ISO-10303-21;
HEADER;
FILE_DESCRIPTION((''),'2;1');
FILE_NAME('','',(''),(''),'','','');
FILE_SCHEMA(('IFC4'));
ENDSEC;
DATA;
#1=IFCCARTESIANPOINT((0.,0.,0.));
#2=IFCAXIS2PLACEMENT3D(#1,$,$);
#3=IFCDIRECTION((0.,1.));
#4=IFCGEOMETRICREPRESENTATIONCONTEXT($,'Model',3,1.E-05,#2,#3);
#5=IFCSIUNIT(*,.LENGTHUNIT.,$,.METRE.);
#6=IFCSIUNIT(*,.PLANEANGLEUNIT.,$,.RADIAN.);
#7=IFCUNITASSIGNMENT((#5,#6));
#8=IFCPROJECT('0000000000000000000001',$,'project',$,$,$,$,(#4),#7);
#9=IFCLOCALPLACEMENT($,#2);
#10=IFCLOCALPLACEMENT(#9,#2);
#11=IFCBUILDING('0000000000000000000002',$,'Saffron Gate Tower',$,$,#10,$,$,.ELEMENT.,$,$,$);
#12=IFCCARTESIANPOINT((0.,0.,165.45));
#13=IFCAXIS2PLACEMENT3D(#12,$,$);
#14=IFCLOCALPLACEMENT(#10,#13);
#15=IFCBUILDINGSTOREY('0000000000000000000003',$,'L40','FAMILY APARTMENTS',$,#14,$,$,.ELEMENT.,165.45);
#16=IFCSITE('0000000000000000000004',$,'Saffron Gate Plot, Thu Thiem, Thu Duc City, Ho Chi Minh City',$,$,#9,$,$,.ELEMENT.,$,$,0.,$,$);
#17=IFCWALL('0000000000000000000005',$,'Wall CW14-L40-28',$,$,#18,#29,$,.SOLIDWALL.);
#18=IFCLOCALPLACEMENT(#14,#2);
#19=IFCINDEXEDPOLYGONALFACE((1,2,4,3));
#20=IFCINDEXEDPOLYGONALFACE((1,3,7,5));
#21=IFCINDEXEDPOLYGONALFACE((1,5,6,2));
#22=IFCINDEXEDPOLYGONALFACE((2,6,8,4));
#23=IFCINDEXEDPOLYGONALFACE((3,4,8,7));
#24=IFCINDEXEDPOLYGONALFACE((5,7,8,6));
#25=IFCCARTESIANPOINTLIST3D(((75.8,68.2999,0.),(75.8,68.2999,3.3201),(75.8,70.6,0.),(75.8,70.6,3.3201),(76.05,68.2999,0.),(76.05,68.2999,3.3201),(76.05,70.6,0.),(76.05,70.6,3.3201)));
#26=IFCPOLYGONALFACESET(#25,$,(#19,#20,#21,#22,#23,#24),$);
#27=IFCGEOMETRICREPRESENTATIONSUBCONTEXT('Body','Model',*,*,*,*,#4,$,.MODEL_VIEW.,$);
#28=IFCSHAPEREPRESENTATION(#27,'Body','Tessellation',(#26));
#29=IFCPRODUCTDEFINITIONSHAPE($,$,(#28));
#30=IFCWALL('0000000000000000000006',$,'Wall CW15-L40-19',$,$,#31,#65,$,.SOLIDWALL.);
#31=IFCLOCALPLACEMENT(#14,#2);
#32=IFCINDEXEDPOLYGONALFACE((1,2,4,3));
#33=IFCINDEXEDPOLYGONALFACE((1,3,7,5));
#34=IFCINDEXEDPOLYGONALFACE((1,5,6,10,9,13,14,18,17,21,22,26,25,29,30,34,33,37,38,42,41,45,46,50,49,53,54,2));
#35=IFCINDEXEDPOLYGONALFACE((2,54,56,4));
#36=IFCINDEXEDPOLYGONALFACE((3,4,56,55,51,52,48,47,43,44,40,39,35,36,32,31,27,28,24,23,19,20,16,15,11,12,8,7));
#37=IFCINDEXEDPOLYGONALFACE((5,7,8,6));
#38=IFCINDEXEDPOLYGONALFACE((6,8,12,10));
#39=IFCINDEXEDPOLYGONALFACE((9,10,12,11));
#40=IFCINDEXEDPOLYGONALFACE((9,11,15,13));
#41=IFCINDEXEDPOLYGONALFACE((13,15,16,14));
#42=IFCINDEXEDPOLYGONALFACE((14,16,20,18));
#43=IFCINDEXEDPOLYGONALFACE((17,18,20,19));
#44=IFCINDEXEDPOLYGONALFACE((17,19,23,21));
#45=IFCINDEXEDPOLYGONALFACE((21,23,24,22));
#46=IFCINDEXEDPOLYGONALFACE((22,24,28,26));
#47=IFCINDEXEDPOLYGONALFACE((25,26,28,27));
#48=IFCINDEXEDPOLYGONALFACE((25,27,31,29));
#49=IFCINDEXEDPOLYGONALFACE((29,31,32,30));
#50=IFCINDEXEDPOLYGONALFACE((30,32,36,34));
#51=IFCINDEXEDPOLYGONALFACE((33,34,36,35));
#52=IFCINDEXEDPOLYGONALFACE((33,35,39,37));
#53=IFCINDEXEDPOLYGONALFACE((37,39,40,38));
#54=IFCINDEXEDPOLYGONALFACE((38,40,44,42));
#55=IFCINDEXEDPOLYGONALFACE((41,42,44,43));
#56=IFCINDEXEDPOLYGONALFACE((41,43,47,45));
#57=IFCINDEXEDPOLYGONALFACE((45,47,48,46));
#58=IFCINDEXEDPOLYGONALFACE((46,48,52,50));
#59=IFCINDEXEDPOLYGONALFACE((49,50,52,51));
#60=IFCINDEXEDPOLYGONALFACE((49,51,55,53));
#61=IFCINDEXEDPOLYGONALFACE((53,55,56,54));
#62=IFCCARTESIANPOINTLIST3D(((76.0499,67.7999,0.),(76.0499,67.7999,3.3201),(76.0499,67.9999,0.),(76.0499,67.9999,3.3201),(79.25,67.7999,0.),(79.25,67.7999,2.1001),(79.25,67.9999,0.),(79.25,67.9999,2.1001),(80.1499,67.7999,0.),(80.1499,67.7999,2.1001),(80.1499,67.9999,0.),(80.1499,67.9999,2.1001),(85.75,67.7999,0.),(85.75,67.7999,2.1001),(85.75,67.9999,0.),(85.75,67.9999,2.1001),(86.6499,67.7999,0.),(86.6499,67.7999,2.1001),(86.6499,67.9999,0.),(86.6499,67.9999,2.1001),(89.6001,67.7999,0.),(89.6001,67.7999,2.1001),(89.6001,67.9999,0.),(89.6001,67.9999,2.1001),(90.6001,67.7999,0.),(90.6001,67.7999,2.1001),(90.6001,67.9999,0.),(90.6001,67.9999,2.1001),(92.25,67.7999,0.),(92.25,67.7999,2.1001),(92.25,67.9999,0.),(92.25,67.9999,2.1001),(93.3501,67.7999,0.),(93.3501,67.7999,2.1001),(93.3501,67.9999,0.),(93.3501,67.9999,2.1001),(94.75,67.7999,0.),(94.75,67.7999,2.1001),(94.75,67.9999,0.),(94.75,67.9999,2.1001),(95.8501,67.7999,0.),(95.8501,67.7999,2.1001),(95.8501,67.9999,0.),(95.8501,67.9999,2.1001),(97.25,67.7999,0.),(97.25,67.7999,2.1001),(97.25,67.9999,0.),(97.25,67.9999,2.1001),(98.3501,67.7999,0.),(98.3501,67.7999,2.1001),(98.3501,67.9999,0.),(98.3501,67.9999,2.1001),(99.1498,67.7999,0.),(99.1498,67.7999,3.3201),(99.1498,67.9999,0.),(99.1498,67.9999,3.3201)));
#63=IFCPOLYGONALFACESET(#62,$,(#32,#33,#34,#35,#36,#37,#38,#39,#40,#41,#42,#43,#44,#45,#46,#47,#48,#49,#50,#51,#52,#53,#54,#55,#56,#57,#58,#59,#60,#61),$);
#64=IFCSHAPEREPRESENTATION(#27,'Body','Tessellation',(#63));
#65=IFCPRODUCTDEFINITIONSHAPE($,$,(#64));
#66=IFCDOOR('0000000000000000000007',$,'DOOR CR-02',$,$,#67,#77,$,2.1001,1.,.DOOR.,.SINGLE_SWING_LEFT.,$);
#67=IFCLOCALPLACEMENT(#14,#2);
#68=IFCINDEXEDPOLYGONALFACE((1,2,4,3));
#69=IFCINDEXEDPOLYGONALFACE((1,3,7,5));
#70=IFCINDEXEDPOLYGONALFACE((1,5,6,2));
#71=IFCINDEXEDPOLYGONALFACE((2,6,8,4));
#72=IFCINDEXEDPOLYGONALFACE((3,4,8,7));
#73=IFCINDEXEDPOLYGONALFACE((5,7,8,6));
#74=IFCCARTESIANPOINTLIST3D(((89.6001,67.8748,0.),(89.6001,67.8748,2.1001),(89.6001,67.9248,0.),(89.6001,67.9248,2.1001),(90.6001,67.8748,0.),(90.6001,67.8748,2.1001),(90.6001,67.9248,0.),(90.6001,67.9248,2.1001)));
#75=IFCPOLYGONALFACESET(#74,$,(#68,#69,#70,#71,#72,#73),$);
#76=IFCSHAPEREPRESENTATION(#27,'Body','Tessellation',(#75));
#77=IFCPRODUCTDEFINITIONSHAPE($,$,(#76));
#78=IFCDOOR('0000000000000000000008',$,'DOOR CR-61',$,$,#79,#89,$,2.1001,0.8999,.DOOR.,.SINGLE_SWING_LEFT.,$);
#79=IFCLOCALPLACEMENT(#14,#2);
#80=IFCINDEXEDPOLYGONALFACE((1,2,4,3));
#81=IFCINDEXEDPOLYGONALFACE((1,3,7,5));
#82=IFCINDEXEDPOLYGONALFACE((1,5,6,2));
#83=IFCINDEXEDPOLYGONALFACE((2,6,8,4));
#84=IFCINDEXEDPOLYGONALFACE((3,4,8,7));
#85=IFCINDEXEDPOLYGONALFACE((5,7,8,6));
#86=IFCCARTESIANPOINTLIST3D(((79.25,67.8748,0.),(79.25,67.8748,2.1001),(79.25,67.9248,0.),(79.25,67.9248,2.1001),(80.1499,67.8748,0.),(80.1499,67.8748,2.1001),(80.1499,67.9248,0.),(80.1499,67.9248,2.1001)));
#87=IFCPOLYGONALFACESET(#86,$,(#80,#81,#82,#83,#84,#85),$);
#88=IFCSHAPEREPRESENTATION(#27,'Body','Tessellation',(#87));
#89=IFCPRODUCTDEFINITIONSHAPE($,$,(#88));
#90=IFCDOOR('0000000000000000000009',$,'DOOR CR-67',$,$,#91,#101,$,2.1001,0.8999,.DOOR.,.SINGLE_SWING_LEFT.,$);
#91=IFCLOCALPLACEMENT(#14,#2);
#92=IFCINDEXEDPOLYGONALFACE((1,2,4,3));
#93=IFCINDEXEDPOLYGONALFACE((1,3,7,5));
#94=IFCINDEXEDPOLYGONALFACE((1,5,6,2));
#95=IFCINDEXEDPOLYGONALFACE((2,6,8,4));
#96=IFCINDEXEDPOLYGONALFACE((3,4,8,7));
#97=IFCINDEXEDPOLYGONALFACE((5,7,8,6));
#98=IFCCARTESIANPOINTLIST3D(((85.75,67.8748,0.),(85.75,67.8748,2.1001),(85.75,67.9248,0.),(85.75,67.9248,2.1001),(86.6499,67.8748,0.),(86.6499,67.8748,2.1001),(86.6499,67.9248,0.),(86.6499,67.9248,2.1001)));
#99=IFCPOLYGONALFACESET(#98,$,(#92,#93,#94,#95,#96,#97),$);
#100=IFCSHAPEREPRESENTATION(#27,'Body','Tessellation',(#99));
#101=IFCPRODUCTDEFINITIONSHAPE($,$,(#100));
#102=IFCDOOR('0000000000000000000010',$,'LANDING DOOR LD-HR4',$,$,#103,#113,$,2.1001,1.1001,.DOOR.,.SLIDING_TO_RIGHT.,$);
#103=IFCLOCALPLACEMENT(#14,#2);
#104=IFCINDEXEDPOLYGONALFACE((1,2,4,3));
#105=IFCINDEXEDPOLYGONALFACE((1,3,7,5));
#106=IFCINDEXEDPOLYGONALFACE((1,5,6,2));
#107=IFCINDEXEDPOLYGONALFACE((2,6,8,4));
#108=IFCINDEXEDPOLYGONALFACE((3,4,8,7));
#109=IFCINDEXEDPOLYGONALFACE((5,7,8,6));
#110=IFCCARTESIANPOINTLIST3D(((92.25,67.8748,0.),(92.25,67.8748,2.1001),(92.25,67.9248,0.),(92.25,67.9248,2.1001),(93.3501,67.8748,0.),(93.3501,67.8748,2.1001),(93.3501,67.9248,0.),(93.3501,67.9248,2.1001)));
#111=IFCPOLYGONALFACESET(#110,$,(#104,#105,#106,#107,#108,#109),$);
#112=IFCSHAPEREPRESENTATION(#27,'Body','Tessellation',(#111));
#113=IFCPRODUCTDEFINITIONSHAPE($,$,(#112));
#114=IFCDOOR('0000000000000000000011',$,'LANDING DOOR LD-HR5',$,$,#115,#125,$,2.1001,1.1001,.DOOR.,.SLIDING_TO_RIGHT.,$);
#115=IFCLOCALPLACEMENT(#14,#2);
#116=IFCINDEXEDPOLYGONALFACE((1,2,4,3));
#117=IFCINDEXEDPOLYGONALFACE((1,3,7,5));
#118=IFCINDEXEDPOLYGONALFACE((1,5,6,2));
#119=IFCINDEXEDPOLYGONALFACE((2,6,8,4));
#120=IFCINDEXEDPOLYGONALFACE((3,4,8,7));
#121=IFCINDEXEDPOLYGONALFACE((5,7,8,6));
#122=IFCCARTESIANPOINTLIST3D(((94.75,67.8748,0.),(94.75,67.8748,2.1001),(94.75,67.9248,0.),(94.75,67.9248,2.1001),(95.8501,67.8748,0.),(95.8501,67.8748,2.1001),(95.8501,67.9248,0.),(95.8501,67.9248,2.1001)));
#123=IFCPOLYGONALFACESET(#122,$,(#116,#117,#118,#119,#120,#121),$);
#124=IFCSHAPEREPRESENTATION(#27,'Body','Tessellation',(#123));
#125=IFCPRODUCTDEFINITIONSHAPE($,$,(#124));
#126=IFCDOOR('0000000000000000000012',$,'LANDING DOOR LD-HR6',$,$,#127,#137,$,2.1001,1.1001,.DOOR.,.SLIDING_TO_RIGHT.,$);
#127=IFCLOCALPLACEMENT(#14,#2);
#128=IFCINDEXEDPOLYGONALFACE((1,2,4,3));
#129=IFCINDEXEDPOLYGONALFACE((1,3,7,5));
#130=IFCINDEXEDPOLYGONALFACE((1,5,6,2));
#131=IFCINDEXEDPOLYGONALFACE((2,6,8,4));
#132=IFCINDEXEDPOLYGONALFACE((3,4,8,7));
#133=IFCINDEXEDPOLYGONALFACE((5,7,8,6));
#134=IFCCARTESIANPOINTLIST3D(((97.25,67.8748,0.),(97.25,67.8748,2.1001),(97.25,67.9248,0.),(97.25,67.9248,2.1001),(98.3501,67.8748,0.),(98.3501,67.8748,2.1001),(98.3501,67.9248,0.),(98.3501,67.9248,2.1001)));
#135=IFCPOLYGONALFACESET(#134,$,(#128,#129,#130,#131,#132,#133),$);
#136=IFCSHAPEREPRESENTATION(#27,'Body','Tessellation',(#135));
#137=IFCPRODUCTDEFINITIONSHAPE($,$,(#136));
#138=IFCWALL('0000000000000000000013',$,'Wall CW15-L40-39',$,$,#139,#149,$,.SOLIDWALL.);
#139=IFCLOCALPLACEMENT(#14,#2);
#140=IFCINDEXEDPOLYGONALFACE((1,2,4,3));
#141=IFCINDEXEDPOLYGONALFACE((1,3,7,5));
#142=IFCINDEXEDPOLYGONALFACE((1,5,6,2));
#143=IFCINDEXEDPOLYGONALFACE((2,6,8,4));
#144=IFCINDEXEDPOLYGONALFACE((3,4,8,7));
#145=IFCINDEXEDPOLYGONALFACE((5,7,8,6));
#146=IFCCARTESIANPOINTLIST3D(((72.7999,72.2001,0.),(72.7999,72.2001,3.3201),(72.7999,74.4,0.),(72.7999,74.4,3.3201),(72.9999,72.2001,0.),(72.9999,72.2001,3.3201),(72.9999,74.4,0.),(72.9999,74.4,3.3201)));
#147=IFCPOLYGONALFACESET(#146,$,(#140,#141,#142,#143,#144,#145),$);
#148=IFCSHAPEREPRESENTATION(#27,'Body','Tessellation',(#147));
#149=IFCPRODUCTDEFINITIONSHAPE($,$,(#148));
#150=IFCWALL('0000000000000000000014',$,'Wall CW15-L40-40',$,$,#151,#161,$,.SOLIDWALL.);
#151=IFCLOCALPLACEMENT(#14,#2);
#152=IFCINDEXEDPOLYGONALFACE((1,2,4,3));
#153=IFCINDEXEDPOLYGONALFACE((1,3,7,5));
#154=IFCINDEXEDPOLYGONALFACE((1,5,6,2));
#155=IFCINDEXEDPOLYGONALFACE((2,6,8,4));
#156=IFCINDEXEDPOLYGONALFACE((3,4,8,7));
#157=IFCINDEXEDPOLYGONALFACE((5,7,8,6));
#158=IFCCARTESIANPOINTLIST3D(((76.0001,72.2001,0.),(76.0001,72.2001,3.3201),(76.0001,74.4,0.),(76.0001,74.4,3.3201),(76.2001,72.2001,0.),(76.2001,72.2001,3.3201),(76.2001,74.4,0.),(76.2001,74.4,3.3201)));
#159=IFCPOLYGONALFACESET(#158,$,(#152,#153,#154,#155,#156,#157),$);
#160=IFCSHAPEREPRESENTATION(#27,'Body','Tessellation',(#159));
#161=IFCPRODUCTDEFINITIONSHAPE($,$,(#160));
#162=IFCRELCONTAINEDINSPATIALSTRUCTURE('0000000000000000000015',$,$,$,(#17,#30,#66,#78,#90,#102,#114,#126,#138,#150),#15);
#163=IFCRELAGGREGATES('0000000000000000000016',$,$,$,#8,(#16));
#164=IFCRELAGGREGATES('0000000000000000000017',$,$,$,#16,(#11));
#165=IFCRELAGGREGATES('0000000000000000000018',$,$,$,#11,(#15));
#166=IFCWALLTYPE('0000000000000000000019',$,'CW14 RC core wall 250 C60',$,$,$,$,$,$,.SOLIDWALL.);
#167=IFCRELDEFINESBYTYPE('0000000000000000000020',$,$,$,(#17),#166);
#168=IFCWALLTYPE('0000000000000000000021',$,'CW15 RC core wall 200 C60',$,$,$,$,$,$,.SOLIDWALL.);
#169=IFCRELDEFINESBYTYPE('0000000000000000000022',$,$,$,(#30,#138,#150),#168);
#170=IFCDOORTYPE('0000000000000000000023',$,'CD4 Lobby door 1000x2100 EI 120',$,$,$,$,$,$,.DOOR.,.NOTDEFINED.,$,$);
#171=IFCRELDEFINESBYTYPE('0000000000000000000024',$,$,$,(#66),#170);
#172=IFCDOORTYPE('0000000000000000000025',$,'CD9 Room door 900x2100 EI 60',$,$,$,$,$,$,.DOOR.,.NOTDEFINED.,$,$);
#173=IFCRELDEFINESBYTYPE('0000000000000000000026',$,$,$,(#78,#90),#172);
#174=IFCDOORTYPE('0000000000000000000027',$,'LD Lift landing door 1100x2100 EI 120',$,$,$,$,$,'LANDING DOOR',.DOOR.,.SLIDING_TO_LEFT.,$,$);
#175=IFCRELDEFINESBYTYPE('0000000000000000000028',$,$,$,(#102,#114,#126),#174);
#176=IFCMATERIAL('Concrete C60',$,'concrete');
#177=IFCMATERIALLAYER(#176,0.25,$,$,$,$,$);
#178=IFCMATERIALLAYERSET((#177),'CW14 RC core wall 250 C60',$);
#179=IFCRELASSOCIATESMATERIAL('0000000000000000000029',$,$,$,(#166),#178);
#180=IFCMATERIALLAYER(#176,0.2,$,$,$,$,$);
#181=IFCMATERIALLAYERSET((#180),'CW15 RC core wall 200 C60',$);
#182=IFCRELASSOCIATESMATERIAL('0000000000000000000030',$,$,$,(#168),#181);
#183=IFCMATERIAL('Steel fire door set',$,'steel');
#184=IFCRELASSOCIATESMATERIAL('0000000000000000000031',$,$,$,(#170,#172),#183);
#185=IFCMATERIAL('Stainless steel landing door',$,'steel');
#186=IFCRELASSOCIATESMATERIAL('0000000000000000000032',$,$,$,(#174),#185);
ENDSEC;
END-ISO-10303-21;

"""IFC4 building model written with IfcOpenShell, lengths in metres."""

from ifc_helpers import new_model, si_unit, direction, frame, frame_2d, origin, place, context, subcontext, project, spatial, rectangle, extrude, material, layer, layer_set, type_object, element, fill, save


model = new_model("IFC4")

# Units and contexts
model_context = context("Model", 3, precision=1e-05, world=origin(), true_north=direction((0.0, 1.0)))
body_context = subcontext(model_context, "Body", "Model", "MODEL_VIEW")
ifc_project = project(units=[si_unit("LENGTHUNIT", "METRE"), si_unit("PLANEANGLEUNIT", "RADIAN")], contexts=[model_context])

# Site, building, storey
site_placement = place(None, origin())
site = spatial("IfcSite", under=ifc_project, at=site_placement, Name="Saffron Gate Plot, Thu Thiem, Thu Duc City, Ho Chi Minh City", CompositionType="ELEMENT", RefElevation=0.0)
building_placement = place(site_placement, origin())
building = spatial("IfcBuilding", under=site, at=building_placement, Name="Saffron Gate Tower", CompositionType="ELEMENT")
storey_placement = place(building_placement, frame((0.0, 0.0, 165.45)))
storey = spatial("IfcBuildingStorey", under=building, at=storey_placement, Name="L40", Description="FAMILY APARTMENTS", CompositionType="ELEMENT", Elevation=165.45)

# Wall
ifc_material_1 = material(Name="Concrete C60", Category="concrete")
ifc_layer_1 = layer(ifc_material_1, 0.25)
ifc_layer_set_1 = layer_set([ifc_layer_1], Name="CW14 RC core wall 250 C60")
wall_type_1 = type_object("IfcWallType", Name="CW14 RC core wall 250 C60", PredefinedType="SOLIDWALL", material=ifc_layer_set_1)
wall_1_placement = place(storey_placement, frame((75.925, 68.3, 0.0), z_axis=(0.0, 0.0, 1.0), x_axis=(0.0, 1.0, 0.0)))
element("IfcWall", 1, at=wall_1_placement, inside=storey, type_object=wall_type_1, Name="Wall CW14-L40-28", PredefinedType="SOLIDWALL", context=body_context, shape_type="SweptSolid", body=[
    extrude(rectangle(XDim=2.3, YDim=0.25, at=frame_2d((1.1499, 0.0))), origin(), (0.0, 0.0, 1.0), 3.3201),
])

# Wall, openings, doors
ifc_layer_2 = layer(ifc_material_1, 0.2)
ifc_layer_set_2 = layer_set([ifc_layer_2], Name="CW15 RC core wall 200 C60")
wall_type_2 = type_object("IfcWallType", Name="CW15 RC core wall 200 C60", PredefinedType="SOLIDWALL", material=ifc_layer_set_2)
wall_2_placement = place(storey_placement, frame((76.05, 67.8999, 0.0), z_axis=(0.0, 0.0, 1.0), x_axis=(1.0, 0.0, 0.0)))
wall_2 = element("IfcWall", 2, at=wall_2_placement, inside=storey, type_object=wall_type_2, Name="Wall CW15-L40-19", PredefinedType="SOLIDWALL", context=body_context, shape_type="SweptSolid", body=[
    extrude(rectangle(XDim=23.0999, YDim=0.2, at=frame_2d((11.5498, 0.0))), origin(), (0.0, 0.0, 1.0), 3.3201),
])
opening_1_placement = place(wall_2_placement, frame((3.2, 0.0, 0.0)))
opening_1 = element("IfcOpeningElement", 3, at=opening_1_placement, cuts=wall_2, PredefinedType="OPENING", context=body_context, shape_type="SweptSolid", body=[
    extrude(rectangle(XDim=0.8999, YDim=2.1001, at=frame_2d((0.45, 1.05))), frame((0.0, 0.1099, 0.0), z_axis=(0.0, -1.0, 0.0), x_axis=(1.0, 0.0, 0.0)), (0.0, 0.0, 1.0), 0.22),
])
opening_2_placement = place(wall_2_placement, frame((9.7, 0.0, 0.0)))
opening_2 = element("IfcOpeningElement", 4, at=opening_2_placement, cuts=wall_2, PredefinedType="OPENING", context=body_context, shape_type="SweptSolid", body=[
    extrude(rectangle(XDim=0.8999, YDim=2.1001, at=frame_2d((0.45, 1.05))), frame((0.0, 0.1099, 0.0), z_axis=(0.0, -1.0, 0.0), x_axis=(1.0, 0.0, 0.0)), (0.0, 0.0, 1.0), 0.22),
])
opening_3_placement = place(wall_2_placement, frame((13.55, 0.0, 0.0)))
opening_3 = element("IfcOpeningElement", 5, at=opening_3_placement, cuts=wall_2, PredefinedType="OPENING", context=body_context, shape_type="SweptSolid", body=[
    extrude(rectangle(XDim=1.0, YDim=2.1001, at=frame_2d((0.5, 1.05))), frame((0.0, 0.1099, 0.0), z_axis=(0.0, -1.0, 0.0), x_axis=(1.0, 0.0, 0.0)), (0.0, 0.0, 1.0), 0.22),
])
opening_4_placement = place(wall_2_placement, frame((16.2, 0.0, 0.0)))
opening_4 = element("IfcOpeningElement", 6, at=opening_4_placement, cuts=wall_2, PredefinedType="OPENING", context=body_context, shape_type="SweptSolid", body=[
    extrude(rectangle(XDim=1.1001, YDim=2.1001, at=frame_2d((0.55, 1.05))), frame((0.0, 0.1099, 0.0), z_axis=(0.0, -1.0, 0.0), x_axis=(1.0, 0.0, 0.0)), (0.0, 0.0, 1.0), 0.22),
])
opening_5_placement = place(wall_2_placement, frame((18.7, 0.0, 0.0)))
opening_5 = element("IfcOpeningElement", 7, at=opening_5_placement, cuts=wall_2, PredefinedType="OPENING", context=body_context, shape_type="SweptSolid", body=[
    extrude(rectangle(XDim=1.1001, YDim=2.1001, at=frame_2d((0.55, 1.05))), frame((0.0, 0.1099, 0.0), z_axis=(0.0, -1.0, 0.0), x_axis=(1.0, 0.0, 0.0)), (0.0, 0.0, 1.0), 0.22),
])
opening_6_placement = place(wall_2_placement, frame((21.2, 0.0, 0.0)))
opening_6 = element("IfcOpeningElement", 8, at=opening_6_placement, cuts=wall_2, PredefinedType="OPENING", context=body_context, shape_type="SweptSolid", body=[
    extrude(rectangle(XDim=1.1001, YDim=2.1001, at=frame_2d((0.55, 1.05))), frame((0.0, 0.1099, 0.0), z_axis=(0.0, -1.0, 0.0), x_axis=(1.0, 0.0, 0.0)), (0.0, 0.0, 1.0), 0.22),
])
ifc_material_2 = material(Name="Steel fire door set", Category="steel")
door_type_1 = type_object("IfcDoorType", Name="CD4 Lobby door 1000x2100 EI 120", OperationType="NOTDEFINED", PredefinedType="DOOR", material=ifc_material_2)
door_1_placement = place(opening_3_placement, origin())
door_1 = element("IfcDoor", 9, at=door_1_placement, inside=storey, type_object=door_type_1, Name="DOOR CR-02", OperationType="SINGLE_SWING_LEFT", OverallHeight=2.1001, OverallWidth=1.0, PredefinedType="DOOR", context=body_context, shape_type="SweptSolid", body=[
    extrude(rectangle(XDim=1.0, YDim=2.1001, at=frame_2d((0.5, 1.05))), frame((0.0, 0.0249, 0.0), z_axis=(0.0, -1.0, 0.0), x_axis=(1.0, 0.0, 0.0)), (0.0, 0.0, 1.0), 0.05),
])
fill(opening_3, door_1)
door_type_2 = type_object("IfcDoorType", Name="CD9 Room door 900x2100 EI 60", OperationType="NOTDEFINED", PredefinedType="DOOR", material=ifc_material_2)
door_2_placement = place(opening_1_placement, origin())
door_2 = element("IfcDoor", 10, at=door_2_placement, inside=storey, type_object=door_type_2, Name="DOOR CR-61", OperationType="SINGLE_SWING_LEFT", OverallHeight=2.1001, OverallWidth=0.8999, PredefinedType="DOOR", context=body_context, shape_type="SweptSolid", body=[
    extrude(rectangle(XDim=0.8999, YDim=2.1001, at=frame_2d((0.45, 1.05))), frame((0.0, 0.0249, 0.0), z_axis=(0.0, -1.0, 0.0), x_axis=(1.0, 0.0, 0.0)), (0.0, 0.0, 1.0), 0.05),
])
fill(opening_1, door_2)
door_3_placement = place(opening_2_placement, origin())
door_3 = element("IfcDoor", 11, at=door_3_placement, inside=storey, type_object=door_type_2, Name="DOOR CR-67", OperationType="SINGLE_SWING_LEFT", OverallHeight=2.1001, OverallWidth=0.8999, PredefinedType="DOOR", context=body_context, shape_type="SweptSolid", body=[
    extrude(rectangle(XDim=0.8999, YDim=2.1001, at=frame_2d((0.45, 1.05))), frame((0.0, 0.0249, 0.0), z_axis=(0.0, -1.0, 0.0), x_axis=(1.0, 0.0, 0.0)), (0.0, 0.0, 1.0), 0.05),
])
fill(opening_2, door_3)
ifc_material_3 = material(Name="Stainless steel landing door", Category="steel")
door_type_3 = type_object("IfcDoorType", Name="LD Lift landing door 1100x2100 EI 120", ElementType="LANDING DOOR", OperationType="SLIDING_TO_LEFT", PredefinedType="DOOR", material=ifc_material_3)
door_4_placement = place(opening_4_placement, origin())
door_4 = element("IfcDoor", 12, at=door_4_placement, inside=storey, type_object=door_type_3, Name="LANDING DOOR LD-HR4", OperationType="SLIDING_TO_RIGHT", OverallHeight=2.1001, OverallWidth=1.1001, PredefinedType="DOOR", context=body_context, shape_type="SweptSolid", body=[
    extrude(rectangle(XDim=1.1001, YDim=2.1001, at=frame_2d((0.55, 1.05))), frame((0.0, 0.0249, 0.0), z_axis=(0.0, -1.0, 0.0), x_axis=(1.0, 0.0, 0.0)), (0.0, 0.0, 1.0), 0.05),
])
fill(opening_4, door_4)
door_5_placement = place(opening_5_placement, origin())
door_5 = element("IfcDoor", 13, at=door_5_placement, inside=storey, type_object=door_type_3, Name="LANDING DOOR LD-HR5", OperationType="SLIDING_TO_RIGHT", OverallHeight=2.1001, OverallWidth=1.1001, PredefinedType="DOOR", context=body_context, shape_type="SweptSolid", body=[
    extrude(rectangle(XDim=1.1001, YDim=2.1001, at=frame_2d((0.55, 1.05))), frame((0.0, 0.0249, 0.0), z_axis=(0.0, -1.0, 0.0), x_axis=(1.0, 0.0, 0.0)), (0.0, 0.0, 1.0), 0.05),
])
fill(opening_5, door_5)
door_6_placement = place(opening_6_placement, origin())
door_6 = element("IfcDoor", 14, at=door_6_placement, inside=storey, type_object=door_type_3, Name="LANDING DOOR LD-HR6", OperationType="SLIDING_TO_RIGHT", OverallHeight=2.1001, OverallWidth=1.1001, PredefinedType="DOOR", context=body_context, shape_type="SweptSolid", body=[
    extrude(rectangle(XDim=1.1001, YDim=2.1001, at=frame_2d((0.55, 1.05))), frame((0.0, 0.0249, 0.0), z_axis=(0.0, -1.0, 0.0), x_axis=(1.0, 0.0, 0.0)), (0.0, 0.0, 1.0), 0.05),
])
fill(opening_6, door_6)

# Walls
for number, where, z_axis, x_axis, name in (
    (15, (72.8999, 72.2, 0.0), (0.0, 0.0, 1.0), (0.0, 1.0, 0.0), "Wall CW15-L40-39"),
    (16, (76.1001, 72.2, 0.0), (0.0, 0.0, 1.0), (0.0, 1.0, 0.0), "Wall CW15-L40-40"),
):
    element("IfcWall", number, at=place(storey_placement, frame(where, z_axis=z_axis, x_axis=x_axis)), inside=storey, type_object=wall_type_2, Name=name, PredefinedType="SOLIDWALL", context=body_context, shape_type="SweptSolid", body=[
        extrude(rectangle(XDim=2.2, YDim=0.2, at=frame_2d((1.1001, 0.0))), origin(), (0.0, 0.0, 1.0), 3.3201),
    ])

save(model, "model.ifc")
